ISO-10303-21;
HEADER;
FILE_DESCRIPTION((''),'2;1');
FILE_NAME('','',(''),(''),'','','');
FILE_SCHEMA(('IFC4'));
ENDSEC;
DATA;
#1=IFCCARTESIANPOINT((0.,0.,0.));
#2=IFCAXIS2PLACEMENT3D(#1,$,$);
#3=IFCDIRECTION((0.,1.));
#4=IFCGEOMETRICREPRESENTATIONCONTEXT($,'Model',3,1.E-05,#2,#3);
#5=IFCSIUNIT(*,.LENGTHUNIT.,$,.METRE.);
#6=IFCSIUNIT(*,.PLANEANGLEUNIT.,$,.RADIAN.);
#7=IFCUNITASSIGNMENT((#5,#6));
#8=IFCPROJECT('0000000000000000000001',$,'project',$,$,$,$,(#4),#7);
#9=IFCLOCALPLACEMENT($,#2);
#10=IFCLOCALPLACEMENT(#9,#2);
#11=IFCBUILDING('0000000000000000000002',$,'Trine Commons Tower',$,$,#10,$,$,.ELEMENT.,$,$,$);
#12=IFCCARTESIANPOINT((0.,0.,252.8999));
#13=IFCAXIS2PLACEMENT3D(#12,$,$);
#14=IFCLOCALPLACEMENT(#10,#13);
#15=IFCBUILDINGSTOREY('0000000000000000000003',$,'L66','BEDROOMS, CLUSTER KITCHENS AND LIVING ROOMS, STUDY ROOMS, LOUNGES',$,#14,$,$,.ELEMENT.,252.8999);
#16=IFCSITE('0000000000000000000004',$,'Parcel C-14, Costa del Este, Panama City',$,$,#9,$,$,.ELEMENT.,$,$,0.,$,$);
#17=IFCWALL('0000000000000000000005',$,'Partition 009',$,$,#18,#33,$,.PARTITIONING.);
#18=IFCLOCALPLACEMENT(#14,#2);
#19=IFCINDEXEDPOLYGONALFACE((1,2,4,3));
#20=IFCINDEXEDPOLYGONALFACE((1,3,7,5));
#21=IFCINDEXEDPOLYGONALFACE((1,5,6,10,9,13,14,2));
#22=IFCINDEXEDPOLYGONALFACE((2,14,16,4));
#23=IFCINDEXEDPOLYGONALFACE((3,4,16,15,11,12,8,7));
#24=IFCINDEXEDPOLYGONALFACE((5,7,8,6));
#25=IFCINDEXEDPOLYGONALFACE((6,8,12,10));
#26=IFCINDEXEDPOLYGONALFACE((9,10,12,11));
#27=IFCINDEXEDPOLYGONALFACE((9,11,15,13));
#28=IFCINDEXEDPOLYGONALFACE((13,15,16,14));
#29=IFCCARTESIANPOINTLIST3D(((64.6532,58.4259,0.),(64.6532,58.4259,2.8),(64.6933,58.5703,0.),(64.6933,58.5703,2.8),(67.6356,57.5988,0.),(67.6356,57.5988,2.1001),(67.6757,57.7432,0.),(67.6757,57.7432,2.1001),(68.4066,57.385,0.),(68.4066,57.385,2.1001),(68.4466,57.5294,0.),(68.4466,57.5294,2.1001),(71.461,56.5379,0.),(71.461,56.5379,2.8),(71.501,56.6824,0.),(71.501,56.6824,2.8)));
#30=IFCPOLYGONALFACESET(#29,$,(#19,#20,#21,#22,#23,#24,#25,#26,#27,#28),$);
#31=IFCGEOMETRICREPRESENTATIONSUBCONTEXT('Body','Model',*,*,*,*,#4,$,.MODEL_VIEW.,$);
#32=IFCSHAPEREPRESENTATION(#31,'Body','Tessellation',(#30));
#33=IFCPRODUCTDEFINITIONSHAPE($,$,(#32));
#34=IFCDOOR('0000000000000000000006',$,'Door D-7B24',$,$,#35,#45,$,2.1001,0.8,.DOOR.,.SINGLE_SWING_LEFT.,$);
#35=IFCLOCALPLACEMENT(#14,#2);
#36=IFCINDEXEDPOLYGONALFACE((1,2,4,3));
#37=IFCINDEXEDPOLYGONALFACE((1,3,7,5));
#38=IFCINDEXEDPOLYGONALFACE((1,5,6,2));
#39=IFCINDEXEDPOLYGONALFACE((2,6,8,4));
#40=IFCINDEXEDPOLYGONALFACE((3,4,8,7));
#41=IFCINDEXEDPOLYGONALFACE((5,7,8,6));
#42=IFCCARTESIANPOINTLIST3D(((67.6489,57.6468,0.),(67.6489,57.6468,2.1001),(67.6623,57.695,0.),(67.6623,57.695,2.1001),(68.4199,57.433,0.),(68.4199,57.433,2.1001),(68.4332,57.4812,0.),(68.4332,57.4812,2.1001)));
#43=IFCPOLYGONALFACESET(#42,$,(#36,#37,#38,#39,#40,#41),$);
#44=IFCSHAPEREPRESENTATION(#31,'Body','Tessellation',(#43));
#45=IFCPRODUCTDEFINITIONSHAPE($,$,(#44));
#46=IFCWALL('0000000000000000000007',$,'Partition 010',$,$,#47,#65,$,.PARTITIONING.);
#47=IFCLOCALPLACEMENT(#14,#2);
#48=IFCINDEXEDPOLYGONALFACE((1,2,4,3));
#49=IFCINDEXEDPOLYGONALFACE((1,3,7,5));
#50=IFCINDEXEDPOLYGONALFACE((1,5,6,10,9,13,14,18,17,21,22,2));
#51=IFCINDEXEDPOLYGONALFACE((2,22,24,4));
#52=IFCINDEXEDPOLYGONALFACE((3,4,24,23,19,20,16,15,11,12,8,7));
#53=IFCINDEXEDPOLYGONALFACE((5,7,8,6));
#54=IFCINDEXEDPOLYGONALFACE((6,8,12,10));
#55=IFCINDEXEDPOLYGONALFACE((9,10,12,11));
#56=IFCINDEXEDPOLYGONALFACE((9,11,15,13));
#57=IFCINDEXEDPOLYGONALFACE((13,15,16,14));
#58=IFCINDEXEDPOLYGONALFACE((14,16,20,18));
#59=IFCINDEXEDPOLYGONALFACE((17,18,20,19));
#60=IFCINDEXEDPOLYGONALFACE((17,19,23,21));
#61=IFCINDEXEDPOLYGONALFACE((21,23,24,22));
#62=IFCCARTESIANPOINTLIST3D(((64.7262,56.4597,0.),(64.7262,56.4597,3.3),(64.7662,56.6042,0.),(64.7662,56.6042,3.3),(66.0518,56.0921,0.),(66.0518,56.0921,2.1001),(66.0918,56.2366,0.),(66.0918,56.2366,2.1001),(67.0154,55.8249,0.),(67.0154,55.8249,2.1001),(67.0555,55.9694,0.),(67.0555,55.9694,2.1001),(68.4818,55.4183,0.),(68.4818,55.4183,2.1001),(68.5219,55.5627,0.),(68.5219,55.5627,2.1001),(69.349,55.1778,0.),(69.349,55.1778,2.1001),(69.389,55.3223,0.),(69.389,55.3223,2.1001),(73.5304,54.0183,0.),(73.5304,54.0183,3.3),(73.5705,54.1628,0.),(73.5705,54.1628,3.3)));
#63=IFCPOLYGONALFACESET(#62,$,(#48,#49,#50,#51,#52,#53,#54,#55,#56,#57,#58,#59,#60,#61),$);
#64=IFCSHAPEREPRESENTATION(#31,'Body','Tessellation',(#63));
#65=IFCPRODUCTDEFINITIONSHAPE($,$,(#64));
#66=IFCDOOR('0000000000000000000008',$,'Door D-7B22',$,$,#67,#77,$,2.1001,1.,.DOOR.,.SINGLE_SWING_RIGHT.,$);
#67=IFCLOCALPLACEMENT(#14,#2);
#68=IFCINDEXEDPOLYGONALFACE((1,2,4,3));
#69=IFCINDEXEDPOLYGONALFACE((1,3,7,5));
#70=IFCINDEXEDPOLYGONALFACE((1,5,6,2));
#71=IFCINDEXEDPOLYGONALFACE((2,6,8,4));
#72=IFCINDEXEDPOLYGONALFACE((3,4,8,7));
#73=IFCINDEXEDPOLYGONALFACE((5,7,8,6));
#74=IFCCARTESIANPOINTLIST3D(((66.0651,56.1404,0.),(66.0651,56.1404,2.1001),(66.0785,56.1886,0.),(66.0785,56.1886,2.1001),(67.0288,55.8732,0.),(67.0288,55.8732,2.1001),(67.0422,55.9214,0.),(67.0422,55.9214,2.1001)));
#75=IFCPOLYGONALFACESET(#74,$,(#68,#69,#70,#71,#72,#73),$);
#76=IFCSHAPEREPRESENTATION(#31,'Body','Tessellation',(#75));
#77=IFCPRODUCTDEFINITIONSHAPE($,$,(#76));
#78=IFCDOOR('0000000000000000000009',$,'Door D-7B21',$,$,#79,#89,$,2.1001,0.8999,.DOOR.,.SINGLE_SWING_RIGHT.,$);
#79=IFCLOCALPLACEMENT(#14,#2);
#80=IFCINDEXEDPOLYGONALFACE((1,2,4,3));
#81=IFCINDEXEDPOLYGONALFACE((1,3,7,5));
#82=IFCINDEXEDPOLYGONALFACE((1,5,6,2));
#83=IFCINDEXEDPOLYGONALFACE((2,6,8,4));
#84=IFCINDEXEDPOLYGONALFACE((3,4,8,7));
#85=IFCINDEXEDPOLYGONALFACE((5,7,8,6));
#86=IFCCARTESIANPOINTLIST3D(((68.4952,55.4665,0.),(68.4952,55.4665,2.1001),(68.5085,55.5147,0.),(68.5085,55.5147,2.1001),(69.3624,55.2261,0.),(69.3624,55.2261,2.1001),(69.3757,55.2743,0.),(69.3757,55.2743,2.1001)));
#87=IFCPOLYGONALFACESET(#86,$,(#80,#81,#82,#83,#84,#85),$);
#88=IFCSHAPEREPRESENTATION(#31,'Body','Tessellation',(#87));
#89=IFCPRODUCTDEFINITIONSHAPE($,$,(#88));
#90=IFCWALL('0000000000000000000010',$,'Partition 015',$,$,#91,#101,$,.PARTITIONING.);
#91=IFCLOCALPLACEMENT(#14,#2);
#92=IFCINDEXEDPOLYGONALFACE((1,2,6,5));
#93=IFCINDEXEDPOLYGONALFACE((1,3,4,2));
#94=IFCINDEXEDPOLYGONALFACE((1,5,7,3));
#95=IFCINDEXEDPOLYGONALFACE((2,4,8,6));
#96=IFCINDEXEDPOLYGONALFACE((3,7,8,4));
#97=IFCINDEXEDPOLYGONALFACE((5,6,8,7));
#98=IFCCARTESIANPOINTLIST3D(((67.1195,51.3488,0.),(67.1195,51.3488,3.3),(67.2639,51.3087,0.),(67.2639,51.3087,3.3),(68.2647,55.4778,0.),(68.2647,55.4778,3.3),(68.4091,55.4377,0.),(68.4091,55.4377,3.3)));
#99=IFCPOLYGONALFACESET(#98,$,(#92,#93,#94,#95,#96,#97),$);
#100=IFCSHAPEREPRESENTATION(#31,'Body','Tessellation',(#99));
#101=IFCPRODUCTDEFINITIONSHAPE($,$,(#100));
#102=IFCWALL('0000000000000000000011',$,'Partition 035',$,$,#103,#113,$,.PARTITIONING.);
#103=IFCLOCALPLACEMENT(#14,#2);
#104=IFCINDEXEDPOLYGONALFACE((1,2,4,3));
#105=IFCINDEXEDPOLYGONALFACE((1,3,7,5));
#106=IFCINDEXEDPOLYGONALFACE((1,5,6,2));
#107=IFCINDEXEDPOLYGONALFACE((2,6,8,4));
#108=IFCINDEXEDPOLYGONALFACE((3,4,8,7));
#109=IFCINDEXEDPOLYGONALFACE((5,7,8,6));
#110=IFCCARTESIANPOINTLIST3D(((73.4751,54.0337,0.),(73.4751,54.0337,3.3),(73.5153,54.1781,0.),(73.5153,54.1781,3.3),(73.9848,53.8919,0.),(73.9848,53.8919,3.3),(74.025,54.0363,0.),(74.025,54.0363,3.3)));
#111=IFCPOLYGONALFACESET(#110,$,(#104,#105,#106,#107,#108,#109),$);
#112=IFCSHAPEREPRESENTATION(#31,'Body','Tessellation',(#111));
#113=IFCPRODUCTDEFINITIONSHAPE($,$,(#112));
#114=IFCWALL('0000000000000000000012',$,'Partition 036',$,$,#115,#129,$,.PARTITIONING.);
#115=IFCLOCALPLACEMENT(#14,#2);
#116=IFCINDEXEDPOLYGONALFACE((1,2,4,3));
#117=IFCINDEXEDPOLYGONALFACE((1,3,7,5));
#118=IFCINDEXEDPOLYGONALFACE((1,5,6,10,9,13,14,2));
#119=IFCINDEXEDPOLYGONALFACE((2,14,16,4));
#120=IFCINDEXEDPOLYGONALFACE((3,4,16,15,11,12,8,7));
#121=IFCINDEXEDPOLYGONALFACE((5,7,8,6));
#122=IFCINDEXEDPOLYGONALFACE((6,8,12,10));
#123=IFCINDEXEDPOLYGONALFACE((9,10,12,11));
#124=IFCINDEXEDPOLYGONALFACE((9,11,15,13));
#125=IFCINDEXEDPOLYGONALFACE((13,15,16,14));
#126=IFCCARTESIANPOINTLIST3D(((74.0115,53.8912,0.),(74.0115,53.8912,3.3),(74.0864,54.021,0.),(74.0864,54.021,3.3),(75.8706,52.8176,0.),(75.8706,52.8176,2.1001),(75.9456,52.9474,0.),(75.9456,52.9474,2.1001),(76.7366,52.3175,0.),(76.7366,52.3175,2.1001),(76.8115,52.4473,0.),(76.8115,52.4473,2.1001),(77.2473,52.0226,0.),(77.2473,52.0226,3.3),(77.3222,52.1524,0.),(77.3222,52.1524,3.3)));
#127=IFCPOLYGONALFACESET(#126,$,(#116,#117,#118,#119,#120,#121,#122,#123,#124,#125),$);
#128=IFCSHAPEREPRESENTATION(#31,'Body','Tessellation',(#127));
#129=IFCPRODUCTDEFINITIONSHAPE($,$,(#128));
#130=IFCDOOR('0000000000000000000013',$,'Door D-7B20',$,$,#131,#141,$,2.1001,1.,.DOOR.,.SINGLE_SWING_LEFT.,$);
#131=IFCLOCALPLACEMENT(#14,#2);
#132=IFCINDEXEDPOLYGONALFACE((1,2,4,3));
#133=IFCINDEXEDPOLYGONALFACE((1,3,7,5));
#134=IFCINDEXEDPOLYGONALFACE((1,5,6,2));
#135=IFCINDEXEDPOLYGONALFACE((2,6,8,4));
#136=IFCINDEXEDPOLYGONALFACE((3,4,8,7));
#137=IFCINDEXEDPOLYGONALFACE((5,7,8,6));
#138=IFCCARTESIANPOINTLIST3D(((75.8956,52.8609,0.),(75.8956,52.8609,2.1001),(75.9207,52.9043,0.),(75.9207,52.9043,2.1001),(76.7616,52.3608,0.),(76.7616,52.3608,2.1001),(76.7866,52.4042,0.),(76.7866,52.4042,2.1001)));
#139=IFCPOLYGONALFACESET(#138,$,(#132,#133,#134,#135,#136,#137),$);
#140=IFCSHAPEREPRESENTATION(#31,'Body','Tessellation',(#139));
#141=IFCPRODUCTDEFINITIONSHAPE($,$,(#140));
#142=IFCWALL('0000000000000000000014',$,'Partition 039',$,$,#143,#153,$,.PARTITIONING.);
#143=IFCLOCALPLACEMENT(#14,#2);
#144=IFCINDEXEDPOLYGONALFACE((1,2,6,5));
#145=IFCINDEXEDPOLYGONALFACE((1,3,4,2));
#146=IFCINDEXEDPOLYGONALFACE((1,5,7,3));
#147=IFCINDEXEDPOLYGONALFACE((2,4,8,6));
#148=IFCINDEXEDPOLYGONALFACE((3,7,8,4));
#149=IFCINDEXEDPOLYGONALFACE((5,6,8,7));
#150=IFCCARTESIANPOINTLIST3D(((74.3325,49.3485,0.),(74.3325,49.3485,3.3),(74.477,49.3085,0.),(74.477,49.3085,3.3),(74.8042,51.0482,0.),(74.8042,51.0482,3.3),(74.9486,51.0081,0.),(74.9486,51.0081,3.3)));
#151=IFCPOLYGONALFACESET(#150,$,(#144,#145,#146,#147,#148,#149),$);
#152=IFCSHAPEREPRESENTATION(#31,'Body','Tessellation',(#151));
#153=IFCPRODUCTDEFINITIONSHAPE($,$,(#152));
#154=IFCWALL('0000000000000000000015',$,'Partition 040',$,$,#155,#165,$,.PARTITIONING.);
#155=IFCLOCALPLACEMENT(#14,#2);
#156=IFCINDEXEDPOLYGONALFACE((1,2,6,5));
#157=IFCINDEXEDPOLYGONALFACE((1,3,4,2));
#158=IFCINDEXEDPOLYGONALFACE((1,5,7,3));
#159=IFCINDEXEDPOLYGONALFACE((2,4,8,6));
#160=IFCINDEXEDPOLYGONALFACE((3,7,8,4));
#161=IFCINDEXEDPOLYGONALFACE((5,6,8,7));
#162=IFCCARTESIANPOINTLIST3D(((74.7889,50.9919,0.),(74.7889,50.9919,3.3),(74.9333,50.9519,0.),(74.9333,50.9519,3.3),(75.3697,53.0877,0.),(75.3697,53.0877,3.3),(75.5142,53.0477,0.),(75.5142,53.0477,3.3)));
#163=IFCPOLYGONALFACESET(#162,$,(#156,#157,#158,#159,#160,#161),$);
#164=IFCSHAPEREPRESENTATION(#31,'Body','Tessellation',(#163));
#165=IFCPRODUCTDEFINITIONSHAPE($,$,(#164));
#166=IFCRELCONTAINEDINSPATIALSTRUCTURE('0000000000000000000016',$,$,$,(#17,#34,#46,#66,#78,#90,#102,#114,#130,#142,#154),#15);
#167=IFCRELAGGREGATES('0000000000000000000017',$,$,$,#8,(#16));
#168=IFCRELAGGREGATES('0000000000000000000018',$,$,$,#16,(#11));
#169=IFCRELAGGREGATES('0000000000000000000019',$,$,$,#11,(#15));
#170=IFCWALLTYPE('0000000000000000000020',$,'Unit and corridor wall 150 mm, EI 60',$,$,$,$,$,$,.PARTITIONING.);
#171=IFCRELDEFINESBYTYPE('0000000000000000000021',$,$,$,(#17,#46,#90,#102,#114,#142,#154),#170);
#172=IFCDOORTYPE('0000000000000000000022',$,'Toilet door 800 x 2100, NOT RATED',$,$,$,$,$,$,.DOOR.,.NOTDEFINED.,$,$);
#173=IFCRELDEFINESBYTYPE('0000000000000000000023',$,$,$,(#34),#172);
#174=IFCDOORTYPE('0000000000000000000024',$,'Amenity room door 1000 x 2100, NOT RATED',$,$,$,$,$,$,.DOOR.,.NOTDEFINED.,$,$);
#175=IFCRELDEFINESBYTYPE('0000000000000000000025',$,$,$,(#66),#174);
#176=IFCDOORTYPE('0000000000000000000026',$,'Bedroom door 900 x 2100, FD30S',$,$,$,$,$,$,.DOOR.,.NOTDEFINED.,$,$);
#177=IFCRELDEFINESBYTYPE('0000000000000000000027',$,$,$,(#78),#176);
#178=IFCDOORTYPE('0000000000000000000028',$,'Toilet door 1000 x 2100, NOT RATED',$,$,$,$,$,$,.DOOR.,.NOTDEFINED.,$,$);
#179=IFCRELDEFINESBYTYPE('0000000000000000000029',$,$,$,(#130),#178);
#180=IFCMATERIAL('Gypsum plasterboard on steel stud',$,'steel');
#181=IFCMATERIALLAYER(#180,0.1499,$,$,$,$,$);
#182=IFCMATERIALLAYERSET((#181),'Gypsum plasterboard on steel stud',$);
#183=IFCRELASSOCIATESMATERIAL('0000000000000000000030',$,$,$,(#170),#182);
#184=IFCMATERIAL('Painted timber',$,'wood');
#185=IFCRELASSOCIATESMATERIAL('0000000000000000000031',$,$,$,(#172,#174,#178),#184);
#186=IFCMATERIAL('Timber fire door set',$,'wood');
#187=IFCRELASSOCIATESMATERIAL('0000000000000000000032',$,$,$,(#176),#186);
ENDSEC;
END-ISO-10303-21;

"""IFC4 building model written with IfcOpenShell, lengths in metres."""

from ifc_helpers import new_model, si_unit, direction, frame, frame_2d, origin, place, context, subcontext, project, spatial, rectangle, extrude, material, layer, layer_set, type_object, element, fill, save


model = new_model("IFC4")

# Units and contexts
model_context = context("Model", 3, precision=1e-05, world=origin(), true_north=direction((0.0, 1.0)))
body_context = subcontext(model_context, "Body", "Model", "MODEL_VIEW")
ifc_project = project(units=[si_unit("LENGTHUNIT", "METRE"), si_unit("PLANEANGLEUNIT", "RADIAN")], contexts=[model_context])

# Site, building, storey
site_placement = place(None, origin())
site = spatial("IfcSite", under=ifc_project, at=site_placement, Name="Parcel C-14, Costa del Este, Panama City", CompositionType="ELEMENT", RefElevation=0.0)
building_placement = place(site_placement, origin())
building = spatial("IfcBuilding", under=site, at=building_placement, Name="Trine Commons Tower", CompositionType="ELEMENT")
storey_placement = place(building_placement, frame((0.0, 0.0, 252.8999)))
storey = spatial("IfcBuildingStorey", under=building, at=storey_placement, Name="L66", Description="BEDROOMS, CLUSTER KITCHENS AND LIVING ROOMS, STUDY ROOMS, LOUNGES", CompositionType="ELEMENT", Elevation=252.8999)

# Wall, opening, door
ifc_material_1 = material(Name="Gypsum plasterboard on steel stud", Category="steel")
ifc_layer_1 = layer(ifc_material_1, 0.1499)
ifc_layer_set_1 = layer_set([ifc_layer_1], Name="Gypsum plasterboard on steel stud")
wall_type_1 = type_object("IfcWallType", Name="Unit and corridor wall 150 mm, EI 60", PredefinedType="PARTITIONING", material=ifc_layer_set_1)
wall_1_placement = place(storey_placement, frame((64.6733, 58.498, 0.0), z_axis=(0.0, 0.0, 1.0), x_axis=(0.963632, -0.267232, 0.0)))
wall_1 = element("IfcWall", 1, at=wall_1_placement, inside=storey, type_object=wall_type_1, Name="Partition 009", PredefinedType="PARTITIONING", context=body_context, shape_type="SweptSolid", body=[
    extrude(rectangle(XDim=7.0647, YDim=0.1499, at=frame_2d((3.5322, 0.0))), origin(), (0.0, 0.0, 1.0), 2.8),
])
opening_1_placement = place(wall_1_placement, frame((3.095, 0.0, 0.0)))
opening_1 = element("IfcOpeningElement", 2, at=opening_1_placement, cuts=wall_1, PredefinedType="OPENING", context=body_context, shape_type="SweptSolid", body=[
    extrude(rectangle(XDim=0.8, YDim=2.1001, at=frame_2d((0.3999, 1.05))), frame((0.0, 0.085, 0.0), z_axis=(0.0, -1.0, 0.0), x_axis=(1.0, 0.0, 0.0)), (0.0, 0.0, 1.0), 0.1699),
])
ifc_material_2 = material(Name="Painted timber", Category="wood")
door_type_1 = type_object("IfcDoorType", Name="Toilet door 800 x 2100, NOT RATED", OperationType="NOTDEFINED", PredefinedType="DOOR", material=ifc_material_2)
door_1_placement = place(opening_1_placement, origin())
door_1 = element("IfcDoor", 3, at=door_1_placement, inside=storey, type_object=door_type_1, Name="Door D-7B24", OperationType="SINGLE_SWING_LEFT", OverallHeight=2.1001, OverallWidth=0.8, PredefinedType="DOOR", context=body_context, shape_type="SweptSolid", body=[
    extrude(rectangle(XDim=0.8, YDim=2.1001, at=frame_2d((0.3999, 1.05))), frame((0.0, 0.0249, 0.0), z_axis=(0.0, -1.0, 0.0), x_axis=(1.0, 0.0, 0.0)), (0.0, 0.0, 1.0), 0.05),
])
fill(opening_1, door_1)

# Wall, openings, doors
wall_2_placement = place(storey_placement, frame((64.7461, 56.532, 0.0), z_axis=(0.0, 0.0, 1.0), x_axis=(0.963636, -0.267217, 0.0)))
wall_2 = element("IfcWall", 4, at=wall_2_placement, inside=storey, type_object=wall_type_1, Name="Partition 010", PredefinedType="PARTITIONING", context=body_context, shape_type="SweptSolid", body=[
    extrude(rectangle(XDim=9.1365, YDim=0.1499, at=frame_2d((4.5684, 0.0))), origin(), (0.0, 0.0, 1.0), 3.3),
])
opening_2_placement = place(wall_2_placement, frame((3.8975, 0.0, 0.0)))
opening_2 = element("IfcOpeningElement", 5, at=opening_2_placement, cuts=wall_2, PredefinedType="OPENING", context=body_context, shape_type="SweptSolid", body=[
    extrude(rectangle(XDim=0.8999, YDim=2.1001, at=frame_2d((0.45, 1.05))), frame((0.0, 0.085, 0.0), z_axis=(0.0, -1.0, 0.0), x_axis=(1.0, 0.0, 0.0)), (0.0, 0.0, 1.0), 0.1699),
])
opening_3_placement = place(wall_2_placement, frame((1.3757, 0.0, 0.0)))
opening_3 = element("IfcOpeningElement", 6, at=opening_3_placement, cuts=wall_2, PredefinedType="OPENING", context=body_context, shape_type="SweptSolid", body=[
    extrude(rectangle(XDim=1.0, YDim=2.1001, at=frame_2d((0.5, 1.05))), frame((0.0, 0.085, 0.0), z_axis=(0.0, -1.0, 0.0), x_axis=(1.0, 0.0, 0.0)), (0.0, 0.0, 1.0), 0.1699),
])
door_type_2 = type_object("IfcDoorType", Name="Amenity room door 1000 x 2100, NOT RATED", OperationType="NOTDEFINED", PredefinedType="DOOR", material=ifc_material_2)
door_2_placement = place(opening_3_placement, frame((1.0, 0.0, 0.0), z_axis=(0.0, 0.0, 1.0), x_axis=(-1.0, 0.0, 0.0)))
door_2 = element("IfcDoor", 7, at=door_2_placement, inside=storey, type_object=door_type_2, Name="Door D-7B22", OperationType="SINGLE_SWING_RIGHT", OverallHeight=2.1001, OverallWidth=1.0, PredefinedType="DOOR", context=body_context, shape_type="SweptSolid", body=[
    extrude(rectangle(XDim=1.0, YDim=2.1001, at=frame_2d((0.5, 1.05))), frame((0.0, 0.0249, 0.0), z_axis=(0.0, -1.0, 0.0), x_axis=(1.0, 0.0, 0.0)), (0.0, 0.0, 1.0), 0.05),
])
fill(opening_3, door_2)
ifc_material_3 = material(Name="Timber fire door set", Category="wood")
door_type_3 = type_object("IfcDoorType", Name="Bedroom door 900 x 2100, FD30S", OperationType="NOTDEFINED", PredefinedType="DOOR", material=ifc_material_3)
door_3_placement = place(opening_2_placement, frame((0.8999, 0.0, 0.0), z_axis=(0.0, 0.0, 1.0), x_axis=(-1.0, 0.0, 0.0)))
door_3 = element("IfcDoor", 8, at=door_3_placement, inside=storey, type_object=door_type_3, Name="Door D-7B21", OperationType="SINGLE_SWING_RIGHT", OverallHeight=2.1001, OverallWidth=0.8999, PredefinedType="DOOR", context=body_context, shape_type="SweptSolid", body=[
    extrude(rectangle(XDim=0.8999, YDim=2.1001, at=frame_2d((0.45, 1.05))), frame((0.0, 0.0249, 0.0), z_axis=(0.0, -1.0, 0.0), x_axis=(1.0, 0.0, 0.0)), (0.0, 0.0, 1.0), 0.05),
])
fill(opening_2, door_3)

# Walls
wall_3_placement = place(storey_placement, frame((67.1917, 51.3286, 0.0), z_axis=(0.0, 0.0, 1.0), x_axis=(0.267271, 0.963622, 0.0)))
element("IfcWall", 9, at=wall_3_placement, inside=storey, type_object=wall_type_1, Name="Partition 015", PredefinedType="PARTITIONING", context=body_context, shape_type="SweptSolid", body=[
    extrude(rectangle(XDim=4.2849, YDim=0.1499, at=frame_2d((2.1426, 0.0))), origin(), (0.0, 0.0, 1.0), 3.3),
])
wall_4_placement = place(storey_placement, frame((73.4951, 54.106, 0.0), z_axis=(0.0, 0.0, 1.0), x_axis=(0.963399, -0.268072, 0.0)))
element("IfcWall", 10, at=wall_4_placement, inside=storey, type_object=wall_type_1, Name="Partition 035", PredefinedType="PARTITIONING", context=body_context, shape_type="SweptSolid", body=[
    extrude(rectangle(XDim=0.5291, YDim=0.1499, at=frame_2d((0.2646, 0.0))), origin(), (0.0, 0.0, 1.0), 3.3),
])

# Wall, opening, door
wall_5_placement = place(storey_placement, frame((74.0491, 53.9561, 0.0), z_axis=(0.0, 0.0, 1.0), x_axis=(0.865974, -0.500088, 0.0)))
wall_5 = element("IfcWall", 11, at=wall_5_placement, inside=storey, type_object=wall_type_1, Name="Partition 036", PredefinedType="PARTITIONING", context=body_context, shape_type="SweptSolid", body=[
    extrude(rectangle(XDim=3.7366, YDim=0.1499, at=frame_2d((1.8682, 0.0))), origin(), (0.0, 0.0, 1.0), 3.3),
])
opening_4_placement = place(wall_5_placement, frame((2.1467, 0.0, 0.0)))
opening_4 = element("IfcOpeningElement", 12, at=opening_4_placement, cuts=wall_5, PredefinedType="OPENING", context=body_context, shape_type="SweptSolid", body=[
    extrude(rectangle(XDim=1.0, YDim=2.1001, at=frame_2d((0.5, 1.05))), frame((0.0, 0.085, 0.0), z_axis=(0.0, -1.0, 0.0), x_axis=(1.0, 0.0, 0.0)), (0.0, 0.0, 1.0), 0.1699),
])
door_type_4 = type_object("IfcDoorType", Name="Toilet door 1000 x 2100, NOT RATED", OperationType="NOTDEFINED", PredefinedType="DOOR", material=ifc_material_2)
door_4_placement = place(opening_4_placement, frame((1.0, 0.0, 0.0), z_axis=(0.0, 0.0, 1.0), x_axis=(-1.0, 0.0, 0.0)))
door_4 = element("IfcDoor", 13, at=door_4_placement, inside=storey, type_object=door_type_4, Name="Door D-7B20", OperationType="SINGLE_SWING_LEFT", OverallHeight=2.1001, OverallWidth=1.0, PredefinedType="DOOR", context=body_context, shape_type="SweptSolid", body=[
    extrude(rectangle(XDim=1.0, YDim=2.1001, at=frame_2d((0.5, 1.05))), frame((0.0, 0.0249, 0.0), z_axis=(0.0, -1.0, 0.0), x_axis=(1.0, 0.0, 0.0)), (0.0, 0.0, 1.0), 0.05),
])
fill(opening_4, door_4)

# Walls
wall_6_placement = place(storey_placement, frame((74.4048, 49.3286, 0.0), z_axis=(0.0, 0.0, 1.0), x_axis=(0.267401, 0.963585, 0.0)))
element("IfcWall", 14, at=wall_6_placement, inside=storey, type_object=wall_type_1, Name="Partition 039", PredefinedType="PARTITIONING", context=body_context, shape_type="SweptSolid", body=[
    extrude(rectangle(XDim=1.7639, YDim=0.1499, at=frame_2d((0.8818, 0.0))), origin(), (0.0, 0.0, 1.0), 3.3),
])
wall_7_placement = place(storey_placement, frame((74.8611, 50.9719, 0.0), z_axis=(0.0, 0.0, 1.0), x_axis=(0.267076, 0.963675, 0.0)))
element("IfcWall", 15, at=wall_7_placement, inside=storey, type_object=wall_type_1, Name="Partition 040", PredefinedType="PARTITIONING", context=body_context, shape_type="SweptSolid", body=[
    extrude(rectangle(XDim=2.1748, YDim=0.1499, at=frame_2d((1.0874, 0.0))), origin(), (0.0, 0.0, 1.0), 3.3),
])

save(model, "model.ifc")
